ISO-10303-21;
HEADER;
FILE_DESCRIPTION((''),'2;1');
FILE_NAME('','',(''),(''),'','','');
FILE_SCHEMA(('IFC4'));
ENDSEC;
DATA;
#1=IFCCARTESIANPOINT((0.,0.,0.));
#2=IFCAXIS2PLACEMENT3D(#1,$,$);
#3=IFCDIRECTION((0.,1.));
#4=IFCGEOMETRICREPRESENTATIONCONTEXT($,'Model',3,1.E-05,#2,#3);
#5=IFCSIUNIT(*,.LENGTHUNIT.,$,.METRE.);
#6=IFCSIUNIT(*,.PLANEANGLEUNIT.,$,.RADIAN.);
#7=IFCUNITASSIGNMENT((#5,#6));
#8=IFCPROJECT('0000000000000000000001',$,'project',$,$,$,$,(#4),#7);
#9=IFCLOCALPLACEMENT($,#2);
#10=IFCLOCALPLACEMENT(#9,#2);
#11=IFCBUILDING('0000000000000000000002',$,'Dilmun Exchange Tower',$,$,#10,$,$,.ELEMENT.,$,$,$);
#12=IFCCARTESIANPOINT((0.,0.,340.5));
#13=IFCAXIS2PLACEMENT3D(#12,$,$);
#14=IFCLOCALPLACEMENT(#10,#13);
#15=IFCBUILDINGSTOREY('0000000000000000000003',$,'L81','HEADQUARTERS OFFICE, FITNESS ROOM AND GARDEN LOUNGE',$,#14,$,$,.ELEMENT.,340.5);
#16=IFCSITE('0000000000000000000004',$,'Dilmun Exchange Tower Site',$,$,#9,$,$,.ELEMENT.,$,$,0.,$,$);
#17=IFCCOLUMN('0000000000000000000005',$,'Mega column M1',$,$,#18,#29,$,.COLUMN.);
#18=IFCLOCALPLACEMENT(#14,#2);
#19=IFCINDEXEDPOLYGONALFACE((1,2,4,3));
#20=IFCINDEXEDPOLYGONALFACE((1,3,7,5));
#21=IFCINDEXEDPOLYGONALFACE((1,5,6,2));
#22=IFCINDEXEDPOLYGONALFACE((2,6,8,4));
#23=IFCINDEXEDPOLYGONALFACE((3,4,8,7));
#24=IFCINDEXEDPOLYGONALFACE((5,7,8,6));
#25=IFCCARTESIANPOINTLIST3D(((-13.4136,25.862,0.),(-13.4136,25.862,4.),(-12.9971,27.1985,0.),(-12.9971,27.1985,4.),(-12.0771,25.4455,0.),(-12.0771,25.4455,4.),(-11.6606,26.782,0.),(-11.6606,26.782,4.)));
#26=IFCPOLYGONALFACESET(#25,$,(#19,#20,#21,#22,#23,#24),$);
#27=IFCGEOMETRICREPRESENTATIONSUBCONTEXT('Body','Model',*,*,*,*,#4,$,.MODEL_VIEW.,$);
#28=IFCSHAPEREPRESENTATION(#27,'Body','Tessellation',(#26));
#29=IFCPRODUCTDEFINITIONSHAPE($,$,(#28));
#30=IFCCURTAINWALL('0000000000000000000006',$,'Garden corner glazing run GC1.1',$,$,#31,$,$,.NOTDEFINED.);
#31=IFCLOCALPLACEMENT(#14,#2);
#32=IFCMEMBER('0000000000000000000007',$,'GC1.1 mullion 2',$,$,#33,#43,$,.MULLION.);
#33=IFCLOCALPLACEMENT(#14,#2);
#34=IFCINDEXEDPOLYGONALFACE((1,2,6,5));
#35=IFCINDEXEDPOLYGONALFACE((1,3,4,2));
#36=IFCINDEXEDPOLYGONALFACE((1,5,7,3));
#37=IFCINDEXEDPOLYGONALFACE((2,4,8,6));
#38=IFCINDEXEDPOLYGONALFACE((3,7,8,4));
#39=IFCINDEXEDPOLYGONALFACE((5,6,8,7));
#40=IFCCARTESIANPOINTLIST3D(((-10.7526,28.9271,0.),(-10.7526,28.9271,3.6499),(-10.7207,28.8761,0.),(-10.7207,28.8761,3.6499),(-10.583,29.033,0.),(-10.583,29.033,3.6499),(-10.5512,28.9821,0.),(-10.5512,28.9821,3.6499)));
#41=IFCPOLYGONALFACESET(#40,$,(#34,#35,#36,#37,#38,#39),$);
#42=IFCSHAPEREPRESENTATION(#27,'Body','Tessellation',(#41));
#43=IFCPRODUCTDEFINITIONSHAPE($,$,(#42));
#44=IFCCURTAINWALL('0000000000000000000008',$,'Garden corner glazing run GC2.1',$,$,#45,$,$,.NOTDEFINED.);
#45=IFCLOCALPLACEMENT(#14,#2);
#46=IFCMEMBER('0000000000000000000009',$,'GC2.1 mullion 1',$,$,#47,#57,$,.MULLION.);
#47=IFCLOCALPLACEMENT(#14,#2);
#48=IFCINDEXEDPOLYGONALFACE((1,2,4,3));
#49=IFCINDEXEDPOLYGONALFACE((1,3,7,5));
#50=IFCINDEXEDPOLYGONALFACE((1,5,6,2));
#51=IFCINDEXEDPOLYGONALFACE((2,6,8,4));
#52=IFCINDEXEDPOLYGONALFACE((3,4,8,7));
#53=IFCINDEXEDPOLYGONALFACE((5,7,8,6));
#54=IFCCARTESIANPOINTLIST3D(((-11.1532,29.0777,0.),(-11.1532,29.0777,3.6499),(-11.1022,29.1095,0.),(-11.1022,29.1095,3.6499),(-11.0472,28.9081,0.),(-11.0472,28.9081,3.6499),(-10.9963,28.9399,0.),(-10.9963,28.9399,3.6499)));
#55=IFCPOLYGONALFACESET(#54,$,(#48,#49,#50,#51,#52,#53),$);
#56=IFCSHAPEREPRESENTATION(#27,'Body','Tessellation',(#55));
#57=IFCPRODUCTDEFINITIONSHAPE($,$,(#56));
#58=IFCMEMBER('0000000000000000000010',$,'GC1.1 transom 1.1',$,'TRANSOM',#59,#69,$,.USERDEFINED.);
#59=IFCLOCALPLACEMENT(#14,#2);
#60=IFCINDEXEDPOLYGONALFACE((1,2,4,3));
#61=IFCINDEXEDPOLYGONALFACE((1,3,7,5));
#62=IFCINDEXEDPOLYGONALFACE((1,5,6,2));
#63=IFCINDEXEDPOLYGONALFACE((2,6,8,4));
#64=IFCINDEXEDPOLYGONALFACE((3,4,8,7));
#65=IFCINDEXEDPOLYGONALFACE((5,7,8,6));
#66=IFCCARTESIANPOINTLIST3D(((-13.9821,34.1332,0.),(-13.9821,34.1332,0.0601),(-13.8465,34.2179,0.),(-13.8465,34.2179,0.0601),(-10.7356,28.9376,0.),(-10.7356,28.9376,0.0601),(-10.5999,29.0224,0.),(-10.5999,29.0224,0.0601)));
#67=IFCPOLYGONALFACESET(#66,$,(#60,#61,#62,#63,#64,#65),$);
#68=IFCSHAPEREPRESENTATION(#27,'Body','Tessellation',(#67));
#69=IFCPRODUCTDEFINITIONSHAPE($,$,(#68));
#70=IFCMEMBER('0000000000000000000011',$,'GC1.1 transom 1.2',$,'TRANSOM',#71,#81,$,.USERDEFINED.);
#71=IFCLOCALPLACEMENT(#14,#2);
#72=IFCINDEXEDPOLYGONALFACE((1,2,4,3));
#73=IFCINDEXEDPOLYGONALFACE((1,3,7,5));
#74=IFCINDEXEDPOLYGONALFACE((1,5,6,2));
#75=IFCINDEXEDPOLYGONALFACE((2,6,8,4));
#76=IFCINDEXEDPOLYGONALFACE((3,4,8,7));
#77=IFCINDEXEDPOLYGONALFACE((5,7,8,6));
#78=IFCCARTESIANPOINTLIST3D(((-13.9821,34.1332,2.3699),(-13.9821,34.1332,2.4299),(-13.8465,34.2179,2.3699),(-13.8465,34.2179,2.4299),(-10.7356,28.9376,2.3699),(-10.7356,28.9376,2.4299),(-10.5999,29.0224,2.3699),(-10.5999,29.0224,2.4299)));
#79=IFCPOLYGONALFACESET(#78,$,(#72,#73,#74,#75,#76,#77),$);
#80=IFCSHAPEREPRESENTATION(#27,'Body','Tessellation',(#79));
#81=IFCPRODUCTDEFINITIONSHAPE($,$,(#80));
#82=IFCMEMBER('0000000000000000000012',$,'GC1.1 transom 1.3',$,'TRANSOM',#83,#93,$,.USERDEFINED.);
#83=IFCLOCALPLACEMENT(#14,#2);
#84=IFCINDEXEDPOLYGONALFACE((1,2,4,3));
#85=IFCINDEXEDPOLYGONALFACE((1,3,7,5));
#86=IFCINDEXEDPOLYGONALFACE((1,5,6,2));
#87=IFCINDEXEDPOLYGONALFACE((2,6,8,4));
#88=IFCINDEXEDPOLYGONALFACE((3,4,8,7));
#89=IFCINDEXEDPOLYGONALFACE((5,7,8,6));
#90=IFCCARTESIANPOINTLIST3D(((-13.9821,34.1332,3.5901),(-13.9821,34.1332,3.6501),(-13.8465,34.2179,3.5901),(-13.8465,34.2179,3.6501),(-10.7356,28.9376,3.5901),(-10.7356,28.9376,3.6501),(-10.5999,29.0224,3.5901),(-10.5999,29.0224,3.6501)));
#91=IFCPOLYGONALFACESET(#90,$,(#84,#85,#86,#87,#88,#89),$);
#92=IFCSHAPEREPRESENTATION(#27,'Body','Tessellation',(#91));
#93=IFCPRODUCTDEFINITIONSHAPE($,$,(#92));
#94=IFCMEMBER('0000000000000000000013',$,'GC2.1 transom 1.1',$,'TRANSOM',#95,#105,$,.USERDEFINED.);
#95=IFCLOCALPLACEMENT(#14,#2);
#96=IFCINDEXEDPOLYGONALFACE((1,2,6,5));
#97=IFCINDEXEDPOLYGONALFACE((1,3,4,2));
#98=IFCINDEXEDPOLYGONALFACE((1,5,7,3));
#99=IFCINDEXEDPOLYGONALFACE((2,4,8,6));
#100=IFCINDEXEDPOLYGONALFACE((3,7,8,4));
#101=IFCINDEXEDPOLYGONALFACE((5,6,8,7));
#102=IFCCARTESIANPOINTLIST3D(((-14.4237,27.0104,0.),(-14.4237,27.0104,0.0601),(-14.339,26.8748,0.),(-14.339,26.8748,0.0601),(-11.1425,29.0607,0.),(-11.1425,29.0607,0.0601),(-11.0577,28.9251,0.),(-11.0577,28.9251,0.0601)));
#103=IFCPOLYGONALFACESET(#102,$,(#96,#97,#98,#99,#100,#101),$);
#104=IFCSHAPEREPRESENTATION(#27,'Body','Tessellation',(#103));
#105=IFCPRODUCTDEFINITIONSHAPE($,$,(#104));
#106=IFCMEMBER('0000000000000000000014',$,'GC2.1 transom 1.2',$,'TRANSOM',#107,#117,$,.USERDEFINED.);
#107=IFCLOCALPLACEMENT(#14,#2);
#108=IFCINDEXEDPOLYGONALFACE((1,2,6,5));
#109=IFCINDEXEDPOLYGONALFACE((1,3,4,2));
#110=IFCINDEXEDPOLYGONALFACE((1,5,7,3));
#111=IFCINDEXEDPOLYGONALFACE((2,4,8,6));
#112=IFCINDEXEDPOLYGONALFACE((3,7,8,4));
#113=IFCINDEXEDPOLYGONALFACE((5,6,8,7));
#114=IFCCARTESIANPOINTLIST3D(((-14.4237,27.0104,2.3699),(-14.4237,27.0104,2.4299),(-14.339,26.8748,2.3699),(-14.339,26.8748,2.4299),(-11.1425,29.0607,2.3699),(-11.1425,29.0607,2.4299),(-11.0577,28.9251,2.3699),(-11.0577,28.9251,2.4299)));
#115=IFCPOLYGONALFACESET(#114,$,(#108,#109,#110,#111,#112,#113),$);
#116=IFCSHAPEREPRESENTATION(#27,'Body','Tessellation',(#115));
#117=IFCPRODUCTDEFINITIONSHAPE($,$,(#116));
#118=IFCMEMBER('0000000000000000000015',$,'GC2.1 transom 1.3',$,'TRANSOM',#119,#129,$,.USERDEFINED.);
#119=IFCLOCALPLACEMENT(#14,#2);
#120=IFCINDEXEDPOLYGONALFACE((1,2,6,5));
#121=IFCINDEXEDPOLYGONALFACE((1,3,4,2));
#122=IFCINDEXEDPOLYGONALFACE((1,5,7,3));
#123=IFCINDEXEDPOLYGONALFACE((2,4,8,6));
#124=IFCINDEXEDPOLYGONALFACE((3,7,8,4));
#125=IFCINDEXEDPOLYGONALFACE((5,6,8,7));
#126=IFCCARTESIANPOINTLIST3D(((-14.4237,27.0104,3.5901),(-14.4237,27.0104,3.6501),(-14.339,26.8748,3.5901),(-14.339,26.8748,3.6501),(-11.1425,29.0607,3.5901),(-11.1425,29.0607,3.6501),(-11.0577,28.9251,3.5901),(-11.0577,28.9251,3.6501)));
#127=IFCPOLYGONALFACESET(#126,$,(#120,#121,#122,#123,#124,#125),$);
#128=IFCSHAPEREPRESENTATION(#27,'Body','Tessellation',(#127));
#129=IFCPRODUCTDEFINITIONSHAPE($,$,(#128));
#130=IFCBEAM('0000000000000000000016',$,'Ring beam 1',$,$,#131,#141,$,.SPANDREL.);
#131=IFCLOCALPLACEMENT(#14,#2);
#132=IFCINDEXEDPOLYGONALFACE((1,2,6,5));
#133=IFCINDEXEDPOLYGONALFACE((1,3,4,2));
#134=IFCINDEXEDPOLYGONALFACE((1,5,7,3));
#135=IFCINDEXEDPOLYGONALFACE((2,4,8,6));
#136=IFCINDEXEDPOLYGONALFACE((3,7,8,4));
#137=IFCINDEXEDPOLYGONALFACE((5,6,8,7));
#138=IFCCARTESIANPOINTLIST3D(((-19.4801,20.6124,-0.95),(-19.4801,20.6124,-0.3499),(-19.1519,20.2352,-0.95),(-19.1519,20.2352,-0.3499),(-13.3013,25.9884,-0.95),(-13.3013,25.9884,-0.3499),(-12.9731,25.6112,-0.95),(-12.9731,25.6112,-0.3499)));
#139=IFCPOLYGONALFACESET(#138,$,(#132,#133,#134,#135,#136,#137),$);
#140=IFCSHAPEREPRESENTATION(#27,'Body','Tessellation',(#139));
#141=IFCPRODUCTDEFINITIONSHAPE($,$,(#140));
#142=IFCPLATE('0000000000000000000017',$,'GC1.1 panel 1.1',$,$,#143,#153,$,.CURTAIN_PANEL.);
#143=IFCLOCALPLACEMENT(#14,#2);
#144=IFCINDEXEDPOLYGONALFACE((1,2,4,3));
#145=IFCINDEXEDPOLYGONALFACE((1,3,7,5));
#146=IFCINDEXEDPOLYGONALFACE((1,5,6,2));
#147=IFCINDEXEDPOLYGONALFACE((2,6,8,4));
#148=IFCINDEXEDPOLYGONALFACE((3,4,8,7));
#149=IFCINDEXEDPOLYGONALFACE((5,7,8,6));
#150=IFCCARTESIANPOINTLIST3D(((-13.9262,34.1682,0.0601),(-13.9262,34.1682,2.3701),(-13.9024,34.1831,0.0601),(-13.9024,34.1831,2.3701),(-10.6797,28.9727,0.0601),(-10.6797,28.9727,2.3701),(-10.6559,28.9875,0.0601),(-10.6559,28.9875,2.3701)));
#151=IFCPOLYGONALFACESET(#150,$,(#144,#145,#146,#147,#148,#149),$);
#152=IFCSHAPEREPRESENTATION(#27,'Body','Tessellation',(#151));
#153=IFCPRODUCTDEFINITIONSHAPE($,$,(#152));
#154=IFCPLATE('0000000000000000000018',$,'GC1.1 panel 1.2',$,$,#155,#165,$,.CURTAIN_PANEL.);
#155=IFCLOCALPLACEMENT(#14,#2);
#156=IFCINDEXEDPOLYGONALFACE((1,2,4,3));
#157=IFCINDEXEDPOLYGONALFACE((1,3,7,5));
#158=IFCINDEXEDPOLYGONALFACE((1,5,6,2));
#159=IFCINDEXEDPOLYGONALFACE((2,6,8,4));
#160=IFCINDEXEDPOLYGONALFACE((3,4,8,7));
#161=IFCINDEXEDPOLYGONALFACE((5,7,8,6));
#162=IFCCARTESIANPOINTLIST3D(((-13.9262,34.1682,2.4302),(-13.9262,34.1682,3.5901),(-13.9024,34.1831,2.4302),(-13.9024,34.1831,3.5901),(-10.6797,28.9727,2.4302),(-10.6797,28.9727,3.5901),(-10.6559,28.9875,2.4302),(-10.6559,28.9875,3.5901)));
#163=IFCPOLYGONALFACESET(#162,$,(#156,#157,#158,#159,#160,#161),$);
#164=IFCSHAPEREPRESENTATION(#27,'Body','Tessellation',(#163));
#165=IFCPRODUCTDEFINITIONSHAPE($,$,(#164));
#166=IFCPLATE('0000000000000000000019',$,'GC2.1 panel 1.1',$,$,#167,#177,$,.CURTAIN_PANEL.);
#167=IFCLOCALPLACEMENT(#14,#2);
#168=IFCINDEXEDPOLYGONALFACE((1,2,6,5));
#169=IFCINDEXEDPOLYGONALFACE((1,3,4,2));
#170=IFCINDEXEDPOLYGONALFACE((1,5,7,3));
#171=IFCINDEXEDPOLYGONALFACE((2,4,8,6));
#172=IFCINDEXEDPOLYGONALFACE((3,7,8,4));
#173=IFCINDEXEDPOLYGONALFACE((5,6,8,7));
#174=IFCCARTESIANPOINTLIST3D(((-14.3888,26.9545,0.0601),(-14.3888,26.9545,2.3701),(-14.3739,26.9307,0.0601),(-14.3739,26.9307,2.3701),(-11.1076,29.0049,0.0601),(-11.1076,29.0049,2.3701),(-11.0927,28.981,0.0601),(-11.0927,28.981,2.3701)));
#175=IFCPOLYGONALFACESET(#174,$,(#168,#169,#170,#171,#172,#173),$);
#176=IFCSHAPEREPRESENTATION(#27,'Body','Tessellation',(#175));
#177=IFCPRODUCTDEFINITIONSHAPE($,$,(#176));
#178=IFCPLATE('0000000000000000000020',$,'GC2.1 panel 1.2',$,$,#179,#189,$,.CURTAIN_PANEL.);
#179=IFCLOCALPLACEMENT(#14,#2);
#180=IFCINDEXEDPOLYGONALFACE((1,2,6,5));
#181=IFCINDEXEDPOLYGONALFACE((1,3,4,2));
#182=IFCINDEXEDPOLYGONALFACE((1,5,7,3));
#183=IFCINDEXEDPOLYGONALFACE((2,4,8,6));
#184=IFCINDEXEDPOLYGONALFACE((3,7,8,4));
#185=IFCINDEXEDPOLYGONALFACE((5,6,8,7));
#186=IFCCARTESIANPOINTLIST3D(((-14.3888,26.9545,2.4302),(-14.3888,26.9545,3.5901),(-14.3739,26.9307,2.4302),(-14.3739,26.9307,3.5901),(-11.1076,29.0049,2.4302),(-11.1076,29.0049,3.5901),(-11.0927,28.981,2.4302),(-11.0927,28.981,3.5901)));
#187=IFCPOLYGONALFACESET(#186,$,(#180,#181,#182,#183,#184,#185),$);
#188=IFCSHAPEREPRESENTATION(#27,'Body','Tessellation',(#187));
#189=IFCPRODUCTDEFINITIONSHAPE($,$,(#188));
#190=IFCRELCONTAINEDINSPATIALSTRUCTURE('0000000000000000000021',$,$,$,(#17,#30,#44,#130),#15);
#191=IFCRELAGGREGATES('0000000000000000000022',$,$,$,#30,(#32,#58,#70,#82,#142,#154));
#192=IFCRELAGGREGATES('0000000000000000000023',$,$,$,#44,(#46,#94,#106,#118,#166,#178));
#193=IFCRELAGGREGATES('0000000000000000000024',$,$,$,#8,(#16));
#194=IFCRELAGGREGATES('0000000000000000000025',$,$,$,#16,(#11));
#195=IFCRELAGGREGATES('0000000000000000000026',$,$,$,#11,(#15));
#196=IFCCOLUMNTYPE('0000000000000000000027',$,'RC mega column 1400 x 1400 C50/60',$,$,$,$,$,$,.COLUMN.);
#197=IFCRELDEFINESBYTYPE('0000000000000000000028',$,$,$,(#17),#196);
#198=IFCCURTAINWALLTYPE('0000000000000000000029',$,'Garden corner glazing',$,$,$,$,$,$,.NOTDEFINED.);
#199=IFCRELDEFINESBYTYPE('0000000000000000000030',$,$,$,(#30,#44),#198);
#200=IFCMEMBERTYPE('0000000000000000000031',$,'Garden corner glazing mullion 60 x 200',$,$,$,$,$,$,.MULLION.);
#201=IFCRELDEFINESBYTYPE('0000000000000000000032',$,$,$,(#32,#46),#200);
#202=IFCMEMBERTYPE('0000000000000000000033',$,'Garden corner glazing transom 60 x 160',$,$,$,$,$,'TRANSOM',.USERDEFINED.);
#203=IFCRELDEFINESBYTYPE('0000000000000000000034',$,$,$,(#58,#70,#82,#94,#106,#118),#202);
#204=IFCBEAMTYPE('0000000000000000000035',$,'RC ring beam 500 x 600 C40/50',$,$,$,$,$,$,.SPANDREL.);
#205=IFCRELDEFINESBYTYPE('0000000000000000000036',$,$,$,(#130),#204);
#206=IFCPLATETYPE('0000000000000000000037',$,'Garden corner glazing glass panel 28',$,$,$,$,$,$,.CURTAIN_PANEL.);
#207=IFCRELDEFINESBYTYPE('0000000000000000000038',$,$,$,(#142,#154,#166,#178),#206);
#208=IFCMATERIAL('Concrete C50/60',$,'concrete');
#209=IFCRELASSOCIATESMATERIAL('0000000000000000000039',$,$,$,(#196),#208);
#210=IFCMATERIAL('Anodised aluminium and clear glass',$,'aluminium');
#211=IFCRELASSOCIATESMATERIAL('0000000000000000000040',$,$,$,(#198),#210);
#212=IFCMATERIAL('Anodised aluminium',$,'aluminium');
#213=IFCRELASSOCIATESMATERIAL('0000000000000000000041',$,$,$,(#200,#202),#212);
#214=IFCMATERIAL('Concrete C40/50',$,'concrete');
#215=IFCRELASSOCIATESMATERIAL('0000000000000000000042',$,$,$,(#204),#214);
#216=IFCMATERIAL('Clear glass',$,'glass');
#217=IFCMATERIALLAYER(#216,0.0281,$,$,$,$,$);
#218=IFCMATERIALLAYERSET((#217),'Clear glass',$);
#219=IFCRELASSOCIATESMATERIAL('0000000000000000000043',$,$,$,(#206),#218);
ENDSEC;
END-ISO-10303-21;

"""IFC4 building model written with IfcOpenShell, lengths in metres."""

from ifc_helpers import new_model, si_unit, direction, frame, origin, origin_2d, place, context, subcontext, project, spatial, rectangle, extrude, material, layer, layer_set, material_profile, profile_set, type_object, element, aggregate, save


model = new_model("IFC4")

# Units and contexts
model_context = context("Model", 3, precision=1e-05, world=origin(), true_north=direction((0.0, 1.0)))
body_context = subcontext(model_context, "Body", "Model", "MODEL_VIEW")
ifc_project = project(units=[si_unit("LENGTHUNIT", "METRE"), si_unit("PLANEANGLEUNIT", "RADIAN")], contexts=[model_context])

# Site, building, storey
site_placement = place(None, origin())
site = spatial("IfcSite", under=ifc_project, at=site_placement, Name="Dilmun Exchange Tower Site", CompositionType="ELEMENT", RefElevation=0.0)
building_placement = place(site_placement, origin())
building = spatial("IfcBuilding", under=site, at=building_placement, Name="Dilmun Exchange Tower", CompositionType="ELEMENT")
storey_placement = place(building_placement, frame((0.0, 0.0, 340.5)))
storey = spatial("IfcBuildingStorey", under=building, at=storey_placement, Name="L81", Description="HEADQUARTERS OFFICE, FITNESS ROOM AND GARDEN LOUNGE", CompositionType="ELEMENT", Elevation=340.5)

# Column
ifc_material_1 = material(Name="Concrete C50/60", Category="concrete")
ifc_material_profile_1 = material_profile(ifc_material_1, rectangle(XDim=1.3999, YDim=1.3999, at=origin_2d()), Name="1400 x 1400")
ifc_profile_set_1 = profile_set([ifc_material_profile_1], Name="Concrete C50/60")
column_type = type_object("IfcColumnType", Name="RC mega column 1400 x 1400 C50/60", PredefinedType="COLUMN", material=ifc_profile_set_1)
column_placement = place(storey_placement, frame((-12.5371, 26.322, 0.0), z_axis=(0.0, 0.0, 1.0), x_axis=(0.297503, 0.954721, 0.0)))
element("IfcColumn", 1, at=column_placement, inside=storey, type_object=column_type, Name="Mega column M1", PredefinedType="COLUMN", context=body_context, shape_type="SweptSolid", body=[
    extrude(rectangle(XDim=1.3999, YDim=1.3999, at=origin_2d()), origin(), (0.0, 0.0, 1.0), 4.0),
])

# Curtain walls, members
ifc_material_2 = material(Name="Anodised aluminium and clear glass", Category="aluminium")
curtain_wall_type = type_object("IfcCurtainWallType", Name="Garden corner glazing", PredefinedType="NOTDEFINED", material=ifc_material_2)
curtain_wall_1_placement = place(storey_placement, origin())
curtain_wall_1 = element("IfcCurtainWall", 2, at=curtain_wall_1_placement, inside=storey, type_object=curtain_wall_type, Name="Garden corner glazing run GC1.1", PredefinedType="NOTDEFINED")
ifc_material_3 = material(Name="Anodised aluminium", Category="aluminium")
ifc_material_profile_2 = material_profile(ifc_material_3, rectangle(XDim=0.2, YDim=0.0601, at=origin_2d()), Name="AL 60x200")
ifc_profile_set_2 = profile_set([ifc_material_profile_2], Name="Anodised aluminium")
member_type_1 = type_object("IfcMemberType", Name="Garden corner glazing mullion 60 x 200", PredefinedType="MULLION", material=ifc_profile_set_2)
member_1_placement = place(storey_placement, frame((-10.6519, 28.9546, 0.0), z_axis=(0.0, 0.0, 1.0), x_axis=(0.84805, 0.529917, 0.0)))
member_1 = element("IfcMember", 3, at=member_1_placement, type_object=member_type_1, Name="GC1.1 mullion 2", PredefinedType="MULLION", context=body_context, shape_type="SweptSolid", body=[
    extrude(rectangle(XDim=0.2, YDim=0.0601, at=origin_2d()), origin(), (0.0, 0.0, 1.0), 3.6499),
])
curtain_wall_2_placement = place(storey_placement, origin())
curtain_wall_2 = element("IfcCurtainWall", 4, at=curtain_wall_2_placement, inside=storey, type_object=curtain_wall_type, Name="Garden corner glazing run GC2.1", PredefinedType="NOTDEFINED")
member_2_placement = place(storey_placement, frame((-11.0747, 29.0088, 0.0), z_axis=(0.0, 0.0, 1.0), x_axis=(0.529925, -0.848045, 0.0)))
member_2 = element("IfcMember", 5, at=member_2_placement, type_object=member_type_1, Name="GC2.1 mullion 1", PredefinedType="MULLION", context=body_context, shape_type="SweptSolid", body=[
    extrude(rectangle(XDim=0.2, YDim=0.0601, at=origin_2d()), origin(), (0.0, 0.0, 1.0), 3.6499),
])

# Members
ifc_material_profile_3 = material_profile(ifc_material_3, rectangle(XDim=0.1599, YDim=0.0601, at=origin_2d()), Name="AL 60x160")
ifc_profile_set_3 = profile_set([ifc_material_profile_3], Name="Anodised aluminium")
member_type_2 = type_object("IfcMemberType", Name="Garden corner glazing transom 60 x 160", ElementType="TRANSOM", PredefinedType="USERDEFINED", material=ifc_profile_set_3)
member_3_placement = place(storey_placement, frame((-13.9143, 34.1755, 0.03), z_axis=(0.529924, -0.848045, 0.0), x_axis=(0.848045, 0.529924, 0.0)))
member_3 = element("IfcMember", 6, at=member_3_placement, type_object=member_type_2, Name="GC1.1 transom 1.1", ObjectType="TRANSOM", PredefinedType="USERDEFINED", context=body_context, shape_type="SweptSolid", body=[
    extrude(rectangle(XDim=0.1599, YDim=0.0601, at=origin_2d()), origin(), (0.0, 0.0, 1.0), 6.1265),
])
member_4_placement = place(storey_placement, frame((-13.9143, 34.1755, 2.3999), z_axis=(0.529924, -0.848045, 0.0), x_axis=(0.848045, 0.529924, 0.0)))
member_4 = element("IfcMember", 7, at=member_4_placement, type_object=member_type_2, Name="GC1.1 transom 1.2", ObjectType="TRANSOM", PredefinedType="USERDEFINED", context=body_context, shape_type="SweptSolid", body=[
    extrude(rectangle(XDim=0.1599, YDim=0.0601, at=origin_2d()), origin(), (0.0, 0.0, 1.0), 6.1265),
])
member_5_placement = place(storey_placement, frame((-13.9143, 34.1755, 3.6201), z_axis=(0.529924, -0.848045, 0.0), x_axis=(0.848045, 0.529924, 0.0)))
member_5 = element("IfcMember", 8, at=member_5_placement, type_object=member_type_2, Name="GC1.1 transom 1.3", ObjectType="TRANSOM", PredefinedType="USERDEFINED", context=body_context, shape_type="SweptSolid", body=[
    extrude(rectangle(XDim=0.1599, YDim=0.0601, at=origin_2d()), origin(), (0.0, 0.0, 1.0), 6.1265),
])
member_6_placement = place(storey_placement, frame((-11.1001, 28.9929, 0.03), z_axis=(-0.848055, -0.529908, 0.0), x_axis=(0.529908, -0.848055, 0.0)))
member_6 = element("IfcMember", 9, at=member_6_placement, type_object=member_type_2, Name="GC2.1 transom 1.1", ObjectType="TRANSOM", PredefinedType="USERDEFINED", context=body_context, shape_type="SweptSolid", body=[
    extrude(rectangle(XDim=0.1599, YDim=0.0601, at=origin_2d()), origin(), (0.0, 0.0, 1.0), 3.8691),
])
member_7_placement = place(storey_placement, frame((-11.1001, 28.9929, 2.3999), z_axis=(-0.848055, -0.529908, 0.0), x_axis=(0.529908, -0.848055, 0.0)))
member_7 = element("IfcMember", 10, at=member_7_placement, type_object=member_type_2, Name="GC2.1 transom 1.2", ObjectType="TRANSOM", PredefinedType="USERDEFINED", context=body_context, shape_type="SweptSolid", body=[
    extrude(rectangle(XDim=0.1599, YDim=0.0601, at=origin_2d()), origin(), (0.0, 0.0, 1.0), 3.8691),
])
member_8_placement = place(storey_placement, frame((-11.1001, 28.9929, 3.6201), z_axis=(-0.848055, -0.529908, 0.0), x_axis=(0.529908, -0.848055, 0.0)))
member_8 = element("IfcMember", 11, at=member_8_placement, type_object=member_type_2, Name="GC2.1 transom 1.3", ObjectType="TRANSOM", PredefinedType="USERDEFINED", context=body_context, shape_type="SweptSolid", body=[
    extrude(rectangle(XDim=0.1599, YDim=0.0601, at=origin_2d()), origin(), (0.0, 0.0, 1.0), 3.8691),
])

# Beam
ifc_material_4 = material(Name="Concrete C40/50", Category="concrete")
ifc_material_profile_4 = material_profile(ifc_material_4, rectangle(XDim=0.5, YDim=0.6001, at=origin_2d()), Name="500 x 600")
ifc_profile_set_4 = profile_set([ifc_material_profile_4], Name="Concrete C40/50")
beam_type = type_object("IfcBeamType", Name="RC ring beam 500 x 600 C40/50", PredefinedType="SPANDREL", material=ifc_profile_set_4)
beam_placement = place(storey_placement, frame((-13.1372, 25.7998, -0.6499), z_axis=(-0.754413, -0.6564, 0.0), x_axis=(0.6564, -0.754413, 0.0)))
element("IfcBeam", 12, at=beam_placement, inside=storey, type_object=beam_type, Name="Ring beam 1", PredefinedType="SPANDREL", context=body_context, shape_type="SweptSolid", body=[
    extrude(rectangle(XDim=0.5, YDim=0.6001, at=origin_2d()), origin(), (0.0, 0.0, 1.0), 8.1902),
])

# Plates
ifc_material_5 = material(Name="Clear glass", Category="glass")
ifc_layer = layer(ifc_material_5, 0.0281)
ifc_layer_set = layer_set([ifc_layer], Name="Clear glass")
plate_type = type_object("IfcPlateType", Name="Garden corner glazing glass panel 28", PredefinedType="CURTAIN_PANEL", material=ifc_layer_set)
plate_1_placement = place(storey_placement, frame((-12.291, 31.5779, 0.0601), z_axis=(0.0, 0.0, 1.0), x_axis=(0.529917, -0.84805, 0.0)))
plate_1 = element("IfcPlate", 13, at=plate_1_placement, type_object=plate_type, Name="GC1.1 panel 1.1", PredefinedType="CURTAIN_PANEL", context=body_context, shape_type="SweptSolid", body=[
    extrude(rectangle(XDim=6.1265, YDim=0.0281, at=origin_2d()), origin(), (0.0, 0.0, 1.0), 2.3101),
])
plate_2_placement = place(storey_placement, frame((-12.291, 31.5779, 2.4302), z_axis=(0.0, 0.0, 1.0), x_axis=(0.529917, -0.84805, 0.0)))
plate_2 = element("IfcPlate", 14, at=plate_2_placement, type_object=plate_type, Name="GC1.1 panel 1.2", PredefinedType="CURTAIN_PANEL", context=body_context, shape_type="SweptSolid", body=[
    extrude(rectangle(XDim=6.1265, YDim=0.0281, at=origin_2d()), origin(), (0.0, 0.0, 1.0), 1.1599),
])
aggregate(curtain_wall_1, [member_1, member_3, member_4, member_5, plate_1, plate_2])
plate_3_placement = place(storey_placement, frame((-12.7407, 27.9678, 0.0601), z_axis=(0.0, 0.0, 1.0), x_axis=(-0.848045, -0.529925, 0.0)))
plate_3 = element("IfcPlate", 15, at=plate_3_placement, type_object=plate_type, Name="GC2.1 panel 1.1", PredefinedType="CURTAIN_PANEL", context=body_context, shape_type="SweptSolid", body=[
    extrude(rectangle(XDim=3.8691, YDim=0.0281, at=origin_2d()), origin(), (0.0, 0.0, 1.0), 2.3101),
])
plate_4_placement = place(storey_placement, frame((-12.7407, 27.9678, 2.4302), z_axis=(0.0, 0.0, 1.0), x_axis=(-0.848045, -0.529925, 0.0)))
plate_4 = element("IfcPlate", 16, at=plate_4_placement, type_object=plate_type, Name="GC2.1 panel 1.2", PredefinedType="CURTAIN_PANEL", context=body_context, shape_type="SweptSolid", body=[
    extrude(rectangle(XDim=3.8691, YDim=0.0281, at=origin_2d()), origin(), (0.0, 0.0, 1.0), 1.1599),
])
aggregate(curtain_wall_2, [member_2, member_6, member_7, member_8, plate_3, plate_4])

save(model, "model.ifc")
